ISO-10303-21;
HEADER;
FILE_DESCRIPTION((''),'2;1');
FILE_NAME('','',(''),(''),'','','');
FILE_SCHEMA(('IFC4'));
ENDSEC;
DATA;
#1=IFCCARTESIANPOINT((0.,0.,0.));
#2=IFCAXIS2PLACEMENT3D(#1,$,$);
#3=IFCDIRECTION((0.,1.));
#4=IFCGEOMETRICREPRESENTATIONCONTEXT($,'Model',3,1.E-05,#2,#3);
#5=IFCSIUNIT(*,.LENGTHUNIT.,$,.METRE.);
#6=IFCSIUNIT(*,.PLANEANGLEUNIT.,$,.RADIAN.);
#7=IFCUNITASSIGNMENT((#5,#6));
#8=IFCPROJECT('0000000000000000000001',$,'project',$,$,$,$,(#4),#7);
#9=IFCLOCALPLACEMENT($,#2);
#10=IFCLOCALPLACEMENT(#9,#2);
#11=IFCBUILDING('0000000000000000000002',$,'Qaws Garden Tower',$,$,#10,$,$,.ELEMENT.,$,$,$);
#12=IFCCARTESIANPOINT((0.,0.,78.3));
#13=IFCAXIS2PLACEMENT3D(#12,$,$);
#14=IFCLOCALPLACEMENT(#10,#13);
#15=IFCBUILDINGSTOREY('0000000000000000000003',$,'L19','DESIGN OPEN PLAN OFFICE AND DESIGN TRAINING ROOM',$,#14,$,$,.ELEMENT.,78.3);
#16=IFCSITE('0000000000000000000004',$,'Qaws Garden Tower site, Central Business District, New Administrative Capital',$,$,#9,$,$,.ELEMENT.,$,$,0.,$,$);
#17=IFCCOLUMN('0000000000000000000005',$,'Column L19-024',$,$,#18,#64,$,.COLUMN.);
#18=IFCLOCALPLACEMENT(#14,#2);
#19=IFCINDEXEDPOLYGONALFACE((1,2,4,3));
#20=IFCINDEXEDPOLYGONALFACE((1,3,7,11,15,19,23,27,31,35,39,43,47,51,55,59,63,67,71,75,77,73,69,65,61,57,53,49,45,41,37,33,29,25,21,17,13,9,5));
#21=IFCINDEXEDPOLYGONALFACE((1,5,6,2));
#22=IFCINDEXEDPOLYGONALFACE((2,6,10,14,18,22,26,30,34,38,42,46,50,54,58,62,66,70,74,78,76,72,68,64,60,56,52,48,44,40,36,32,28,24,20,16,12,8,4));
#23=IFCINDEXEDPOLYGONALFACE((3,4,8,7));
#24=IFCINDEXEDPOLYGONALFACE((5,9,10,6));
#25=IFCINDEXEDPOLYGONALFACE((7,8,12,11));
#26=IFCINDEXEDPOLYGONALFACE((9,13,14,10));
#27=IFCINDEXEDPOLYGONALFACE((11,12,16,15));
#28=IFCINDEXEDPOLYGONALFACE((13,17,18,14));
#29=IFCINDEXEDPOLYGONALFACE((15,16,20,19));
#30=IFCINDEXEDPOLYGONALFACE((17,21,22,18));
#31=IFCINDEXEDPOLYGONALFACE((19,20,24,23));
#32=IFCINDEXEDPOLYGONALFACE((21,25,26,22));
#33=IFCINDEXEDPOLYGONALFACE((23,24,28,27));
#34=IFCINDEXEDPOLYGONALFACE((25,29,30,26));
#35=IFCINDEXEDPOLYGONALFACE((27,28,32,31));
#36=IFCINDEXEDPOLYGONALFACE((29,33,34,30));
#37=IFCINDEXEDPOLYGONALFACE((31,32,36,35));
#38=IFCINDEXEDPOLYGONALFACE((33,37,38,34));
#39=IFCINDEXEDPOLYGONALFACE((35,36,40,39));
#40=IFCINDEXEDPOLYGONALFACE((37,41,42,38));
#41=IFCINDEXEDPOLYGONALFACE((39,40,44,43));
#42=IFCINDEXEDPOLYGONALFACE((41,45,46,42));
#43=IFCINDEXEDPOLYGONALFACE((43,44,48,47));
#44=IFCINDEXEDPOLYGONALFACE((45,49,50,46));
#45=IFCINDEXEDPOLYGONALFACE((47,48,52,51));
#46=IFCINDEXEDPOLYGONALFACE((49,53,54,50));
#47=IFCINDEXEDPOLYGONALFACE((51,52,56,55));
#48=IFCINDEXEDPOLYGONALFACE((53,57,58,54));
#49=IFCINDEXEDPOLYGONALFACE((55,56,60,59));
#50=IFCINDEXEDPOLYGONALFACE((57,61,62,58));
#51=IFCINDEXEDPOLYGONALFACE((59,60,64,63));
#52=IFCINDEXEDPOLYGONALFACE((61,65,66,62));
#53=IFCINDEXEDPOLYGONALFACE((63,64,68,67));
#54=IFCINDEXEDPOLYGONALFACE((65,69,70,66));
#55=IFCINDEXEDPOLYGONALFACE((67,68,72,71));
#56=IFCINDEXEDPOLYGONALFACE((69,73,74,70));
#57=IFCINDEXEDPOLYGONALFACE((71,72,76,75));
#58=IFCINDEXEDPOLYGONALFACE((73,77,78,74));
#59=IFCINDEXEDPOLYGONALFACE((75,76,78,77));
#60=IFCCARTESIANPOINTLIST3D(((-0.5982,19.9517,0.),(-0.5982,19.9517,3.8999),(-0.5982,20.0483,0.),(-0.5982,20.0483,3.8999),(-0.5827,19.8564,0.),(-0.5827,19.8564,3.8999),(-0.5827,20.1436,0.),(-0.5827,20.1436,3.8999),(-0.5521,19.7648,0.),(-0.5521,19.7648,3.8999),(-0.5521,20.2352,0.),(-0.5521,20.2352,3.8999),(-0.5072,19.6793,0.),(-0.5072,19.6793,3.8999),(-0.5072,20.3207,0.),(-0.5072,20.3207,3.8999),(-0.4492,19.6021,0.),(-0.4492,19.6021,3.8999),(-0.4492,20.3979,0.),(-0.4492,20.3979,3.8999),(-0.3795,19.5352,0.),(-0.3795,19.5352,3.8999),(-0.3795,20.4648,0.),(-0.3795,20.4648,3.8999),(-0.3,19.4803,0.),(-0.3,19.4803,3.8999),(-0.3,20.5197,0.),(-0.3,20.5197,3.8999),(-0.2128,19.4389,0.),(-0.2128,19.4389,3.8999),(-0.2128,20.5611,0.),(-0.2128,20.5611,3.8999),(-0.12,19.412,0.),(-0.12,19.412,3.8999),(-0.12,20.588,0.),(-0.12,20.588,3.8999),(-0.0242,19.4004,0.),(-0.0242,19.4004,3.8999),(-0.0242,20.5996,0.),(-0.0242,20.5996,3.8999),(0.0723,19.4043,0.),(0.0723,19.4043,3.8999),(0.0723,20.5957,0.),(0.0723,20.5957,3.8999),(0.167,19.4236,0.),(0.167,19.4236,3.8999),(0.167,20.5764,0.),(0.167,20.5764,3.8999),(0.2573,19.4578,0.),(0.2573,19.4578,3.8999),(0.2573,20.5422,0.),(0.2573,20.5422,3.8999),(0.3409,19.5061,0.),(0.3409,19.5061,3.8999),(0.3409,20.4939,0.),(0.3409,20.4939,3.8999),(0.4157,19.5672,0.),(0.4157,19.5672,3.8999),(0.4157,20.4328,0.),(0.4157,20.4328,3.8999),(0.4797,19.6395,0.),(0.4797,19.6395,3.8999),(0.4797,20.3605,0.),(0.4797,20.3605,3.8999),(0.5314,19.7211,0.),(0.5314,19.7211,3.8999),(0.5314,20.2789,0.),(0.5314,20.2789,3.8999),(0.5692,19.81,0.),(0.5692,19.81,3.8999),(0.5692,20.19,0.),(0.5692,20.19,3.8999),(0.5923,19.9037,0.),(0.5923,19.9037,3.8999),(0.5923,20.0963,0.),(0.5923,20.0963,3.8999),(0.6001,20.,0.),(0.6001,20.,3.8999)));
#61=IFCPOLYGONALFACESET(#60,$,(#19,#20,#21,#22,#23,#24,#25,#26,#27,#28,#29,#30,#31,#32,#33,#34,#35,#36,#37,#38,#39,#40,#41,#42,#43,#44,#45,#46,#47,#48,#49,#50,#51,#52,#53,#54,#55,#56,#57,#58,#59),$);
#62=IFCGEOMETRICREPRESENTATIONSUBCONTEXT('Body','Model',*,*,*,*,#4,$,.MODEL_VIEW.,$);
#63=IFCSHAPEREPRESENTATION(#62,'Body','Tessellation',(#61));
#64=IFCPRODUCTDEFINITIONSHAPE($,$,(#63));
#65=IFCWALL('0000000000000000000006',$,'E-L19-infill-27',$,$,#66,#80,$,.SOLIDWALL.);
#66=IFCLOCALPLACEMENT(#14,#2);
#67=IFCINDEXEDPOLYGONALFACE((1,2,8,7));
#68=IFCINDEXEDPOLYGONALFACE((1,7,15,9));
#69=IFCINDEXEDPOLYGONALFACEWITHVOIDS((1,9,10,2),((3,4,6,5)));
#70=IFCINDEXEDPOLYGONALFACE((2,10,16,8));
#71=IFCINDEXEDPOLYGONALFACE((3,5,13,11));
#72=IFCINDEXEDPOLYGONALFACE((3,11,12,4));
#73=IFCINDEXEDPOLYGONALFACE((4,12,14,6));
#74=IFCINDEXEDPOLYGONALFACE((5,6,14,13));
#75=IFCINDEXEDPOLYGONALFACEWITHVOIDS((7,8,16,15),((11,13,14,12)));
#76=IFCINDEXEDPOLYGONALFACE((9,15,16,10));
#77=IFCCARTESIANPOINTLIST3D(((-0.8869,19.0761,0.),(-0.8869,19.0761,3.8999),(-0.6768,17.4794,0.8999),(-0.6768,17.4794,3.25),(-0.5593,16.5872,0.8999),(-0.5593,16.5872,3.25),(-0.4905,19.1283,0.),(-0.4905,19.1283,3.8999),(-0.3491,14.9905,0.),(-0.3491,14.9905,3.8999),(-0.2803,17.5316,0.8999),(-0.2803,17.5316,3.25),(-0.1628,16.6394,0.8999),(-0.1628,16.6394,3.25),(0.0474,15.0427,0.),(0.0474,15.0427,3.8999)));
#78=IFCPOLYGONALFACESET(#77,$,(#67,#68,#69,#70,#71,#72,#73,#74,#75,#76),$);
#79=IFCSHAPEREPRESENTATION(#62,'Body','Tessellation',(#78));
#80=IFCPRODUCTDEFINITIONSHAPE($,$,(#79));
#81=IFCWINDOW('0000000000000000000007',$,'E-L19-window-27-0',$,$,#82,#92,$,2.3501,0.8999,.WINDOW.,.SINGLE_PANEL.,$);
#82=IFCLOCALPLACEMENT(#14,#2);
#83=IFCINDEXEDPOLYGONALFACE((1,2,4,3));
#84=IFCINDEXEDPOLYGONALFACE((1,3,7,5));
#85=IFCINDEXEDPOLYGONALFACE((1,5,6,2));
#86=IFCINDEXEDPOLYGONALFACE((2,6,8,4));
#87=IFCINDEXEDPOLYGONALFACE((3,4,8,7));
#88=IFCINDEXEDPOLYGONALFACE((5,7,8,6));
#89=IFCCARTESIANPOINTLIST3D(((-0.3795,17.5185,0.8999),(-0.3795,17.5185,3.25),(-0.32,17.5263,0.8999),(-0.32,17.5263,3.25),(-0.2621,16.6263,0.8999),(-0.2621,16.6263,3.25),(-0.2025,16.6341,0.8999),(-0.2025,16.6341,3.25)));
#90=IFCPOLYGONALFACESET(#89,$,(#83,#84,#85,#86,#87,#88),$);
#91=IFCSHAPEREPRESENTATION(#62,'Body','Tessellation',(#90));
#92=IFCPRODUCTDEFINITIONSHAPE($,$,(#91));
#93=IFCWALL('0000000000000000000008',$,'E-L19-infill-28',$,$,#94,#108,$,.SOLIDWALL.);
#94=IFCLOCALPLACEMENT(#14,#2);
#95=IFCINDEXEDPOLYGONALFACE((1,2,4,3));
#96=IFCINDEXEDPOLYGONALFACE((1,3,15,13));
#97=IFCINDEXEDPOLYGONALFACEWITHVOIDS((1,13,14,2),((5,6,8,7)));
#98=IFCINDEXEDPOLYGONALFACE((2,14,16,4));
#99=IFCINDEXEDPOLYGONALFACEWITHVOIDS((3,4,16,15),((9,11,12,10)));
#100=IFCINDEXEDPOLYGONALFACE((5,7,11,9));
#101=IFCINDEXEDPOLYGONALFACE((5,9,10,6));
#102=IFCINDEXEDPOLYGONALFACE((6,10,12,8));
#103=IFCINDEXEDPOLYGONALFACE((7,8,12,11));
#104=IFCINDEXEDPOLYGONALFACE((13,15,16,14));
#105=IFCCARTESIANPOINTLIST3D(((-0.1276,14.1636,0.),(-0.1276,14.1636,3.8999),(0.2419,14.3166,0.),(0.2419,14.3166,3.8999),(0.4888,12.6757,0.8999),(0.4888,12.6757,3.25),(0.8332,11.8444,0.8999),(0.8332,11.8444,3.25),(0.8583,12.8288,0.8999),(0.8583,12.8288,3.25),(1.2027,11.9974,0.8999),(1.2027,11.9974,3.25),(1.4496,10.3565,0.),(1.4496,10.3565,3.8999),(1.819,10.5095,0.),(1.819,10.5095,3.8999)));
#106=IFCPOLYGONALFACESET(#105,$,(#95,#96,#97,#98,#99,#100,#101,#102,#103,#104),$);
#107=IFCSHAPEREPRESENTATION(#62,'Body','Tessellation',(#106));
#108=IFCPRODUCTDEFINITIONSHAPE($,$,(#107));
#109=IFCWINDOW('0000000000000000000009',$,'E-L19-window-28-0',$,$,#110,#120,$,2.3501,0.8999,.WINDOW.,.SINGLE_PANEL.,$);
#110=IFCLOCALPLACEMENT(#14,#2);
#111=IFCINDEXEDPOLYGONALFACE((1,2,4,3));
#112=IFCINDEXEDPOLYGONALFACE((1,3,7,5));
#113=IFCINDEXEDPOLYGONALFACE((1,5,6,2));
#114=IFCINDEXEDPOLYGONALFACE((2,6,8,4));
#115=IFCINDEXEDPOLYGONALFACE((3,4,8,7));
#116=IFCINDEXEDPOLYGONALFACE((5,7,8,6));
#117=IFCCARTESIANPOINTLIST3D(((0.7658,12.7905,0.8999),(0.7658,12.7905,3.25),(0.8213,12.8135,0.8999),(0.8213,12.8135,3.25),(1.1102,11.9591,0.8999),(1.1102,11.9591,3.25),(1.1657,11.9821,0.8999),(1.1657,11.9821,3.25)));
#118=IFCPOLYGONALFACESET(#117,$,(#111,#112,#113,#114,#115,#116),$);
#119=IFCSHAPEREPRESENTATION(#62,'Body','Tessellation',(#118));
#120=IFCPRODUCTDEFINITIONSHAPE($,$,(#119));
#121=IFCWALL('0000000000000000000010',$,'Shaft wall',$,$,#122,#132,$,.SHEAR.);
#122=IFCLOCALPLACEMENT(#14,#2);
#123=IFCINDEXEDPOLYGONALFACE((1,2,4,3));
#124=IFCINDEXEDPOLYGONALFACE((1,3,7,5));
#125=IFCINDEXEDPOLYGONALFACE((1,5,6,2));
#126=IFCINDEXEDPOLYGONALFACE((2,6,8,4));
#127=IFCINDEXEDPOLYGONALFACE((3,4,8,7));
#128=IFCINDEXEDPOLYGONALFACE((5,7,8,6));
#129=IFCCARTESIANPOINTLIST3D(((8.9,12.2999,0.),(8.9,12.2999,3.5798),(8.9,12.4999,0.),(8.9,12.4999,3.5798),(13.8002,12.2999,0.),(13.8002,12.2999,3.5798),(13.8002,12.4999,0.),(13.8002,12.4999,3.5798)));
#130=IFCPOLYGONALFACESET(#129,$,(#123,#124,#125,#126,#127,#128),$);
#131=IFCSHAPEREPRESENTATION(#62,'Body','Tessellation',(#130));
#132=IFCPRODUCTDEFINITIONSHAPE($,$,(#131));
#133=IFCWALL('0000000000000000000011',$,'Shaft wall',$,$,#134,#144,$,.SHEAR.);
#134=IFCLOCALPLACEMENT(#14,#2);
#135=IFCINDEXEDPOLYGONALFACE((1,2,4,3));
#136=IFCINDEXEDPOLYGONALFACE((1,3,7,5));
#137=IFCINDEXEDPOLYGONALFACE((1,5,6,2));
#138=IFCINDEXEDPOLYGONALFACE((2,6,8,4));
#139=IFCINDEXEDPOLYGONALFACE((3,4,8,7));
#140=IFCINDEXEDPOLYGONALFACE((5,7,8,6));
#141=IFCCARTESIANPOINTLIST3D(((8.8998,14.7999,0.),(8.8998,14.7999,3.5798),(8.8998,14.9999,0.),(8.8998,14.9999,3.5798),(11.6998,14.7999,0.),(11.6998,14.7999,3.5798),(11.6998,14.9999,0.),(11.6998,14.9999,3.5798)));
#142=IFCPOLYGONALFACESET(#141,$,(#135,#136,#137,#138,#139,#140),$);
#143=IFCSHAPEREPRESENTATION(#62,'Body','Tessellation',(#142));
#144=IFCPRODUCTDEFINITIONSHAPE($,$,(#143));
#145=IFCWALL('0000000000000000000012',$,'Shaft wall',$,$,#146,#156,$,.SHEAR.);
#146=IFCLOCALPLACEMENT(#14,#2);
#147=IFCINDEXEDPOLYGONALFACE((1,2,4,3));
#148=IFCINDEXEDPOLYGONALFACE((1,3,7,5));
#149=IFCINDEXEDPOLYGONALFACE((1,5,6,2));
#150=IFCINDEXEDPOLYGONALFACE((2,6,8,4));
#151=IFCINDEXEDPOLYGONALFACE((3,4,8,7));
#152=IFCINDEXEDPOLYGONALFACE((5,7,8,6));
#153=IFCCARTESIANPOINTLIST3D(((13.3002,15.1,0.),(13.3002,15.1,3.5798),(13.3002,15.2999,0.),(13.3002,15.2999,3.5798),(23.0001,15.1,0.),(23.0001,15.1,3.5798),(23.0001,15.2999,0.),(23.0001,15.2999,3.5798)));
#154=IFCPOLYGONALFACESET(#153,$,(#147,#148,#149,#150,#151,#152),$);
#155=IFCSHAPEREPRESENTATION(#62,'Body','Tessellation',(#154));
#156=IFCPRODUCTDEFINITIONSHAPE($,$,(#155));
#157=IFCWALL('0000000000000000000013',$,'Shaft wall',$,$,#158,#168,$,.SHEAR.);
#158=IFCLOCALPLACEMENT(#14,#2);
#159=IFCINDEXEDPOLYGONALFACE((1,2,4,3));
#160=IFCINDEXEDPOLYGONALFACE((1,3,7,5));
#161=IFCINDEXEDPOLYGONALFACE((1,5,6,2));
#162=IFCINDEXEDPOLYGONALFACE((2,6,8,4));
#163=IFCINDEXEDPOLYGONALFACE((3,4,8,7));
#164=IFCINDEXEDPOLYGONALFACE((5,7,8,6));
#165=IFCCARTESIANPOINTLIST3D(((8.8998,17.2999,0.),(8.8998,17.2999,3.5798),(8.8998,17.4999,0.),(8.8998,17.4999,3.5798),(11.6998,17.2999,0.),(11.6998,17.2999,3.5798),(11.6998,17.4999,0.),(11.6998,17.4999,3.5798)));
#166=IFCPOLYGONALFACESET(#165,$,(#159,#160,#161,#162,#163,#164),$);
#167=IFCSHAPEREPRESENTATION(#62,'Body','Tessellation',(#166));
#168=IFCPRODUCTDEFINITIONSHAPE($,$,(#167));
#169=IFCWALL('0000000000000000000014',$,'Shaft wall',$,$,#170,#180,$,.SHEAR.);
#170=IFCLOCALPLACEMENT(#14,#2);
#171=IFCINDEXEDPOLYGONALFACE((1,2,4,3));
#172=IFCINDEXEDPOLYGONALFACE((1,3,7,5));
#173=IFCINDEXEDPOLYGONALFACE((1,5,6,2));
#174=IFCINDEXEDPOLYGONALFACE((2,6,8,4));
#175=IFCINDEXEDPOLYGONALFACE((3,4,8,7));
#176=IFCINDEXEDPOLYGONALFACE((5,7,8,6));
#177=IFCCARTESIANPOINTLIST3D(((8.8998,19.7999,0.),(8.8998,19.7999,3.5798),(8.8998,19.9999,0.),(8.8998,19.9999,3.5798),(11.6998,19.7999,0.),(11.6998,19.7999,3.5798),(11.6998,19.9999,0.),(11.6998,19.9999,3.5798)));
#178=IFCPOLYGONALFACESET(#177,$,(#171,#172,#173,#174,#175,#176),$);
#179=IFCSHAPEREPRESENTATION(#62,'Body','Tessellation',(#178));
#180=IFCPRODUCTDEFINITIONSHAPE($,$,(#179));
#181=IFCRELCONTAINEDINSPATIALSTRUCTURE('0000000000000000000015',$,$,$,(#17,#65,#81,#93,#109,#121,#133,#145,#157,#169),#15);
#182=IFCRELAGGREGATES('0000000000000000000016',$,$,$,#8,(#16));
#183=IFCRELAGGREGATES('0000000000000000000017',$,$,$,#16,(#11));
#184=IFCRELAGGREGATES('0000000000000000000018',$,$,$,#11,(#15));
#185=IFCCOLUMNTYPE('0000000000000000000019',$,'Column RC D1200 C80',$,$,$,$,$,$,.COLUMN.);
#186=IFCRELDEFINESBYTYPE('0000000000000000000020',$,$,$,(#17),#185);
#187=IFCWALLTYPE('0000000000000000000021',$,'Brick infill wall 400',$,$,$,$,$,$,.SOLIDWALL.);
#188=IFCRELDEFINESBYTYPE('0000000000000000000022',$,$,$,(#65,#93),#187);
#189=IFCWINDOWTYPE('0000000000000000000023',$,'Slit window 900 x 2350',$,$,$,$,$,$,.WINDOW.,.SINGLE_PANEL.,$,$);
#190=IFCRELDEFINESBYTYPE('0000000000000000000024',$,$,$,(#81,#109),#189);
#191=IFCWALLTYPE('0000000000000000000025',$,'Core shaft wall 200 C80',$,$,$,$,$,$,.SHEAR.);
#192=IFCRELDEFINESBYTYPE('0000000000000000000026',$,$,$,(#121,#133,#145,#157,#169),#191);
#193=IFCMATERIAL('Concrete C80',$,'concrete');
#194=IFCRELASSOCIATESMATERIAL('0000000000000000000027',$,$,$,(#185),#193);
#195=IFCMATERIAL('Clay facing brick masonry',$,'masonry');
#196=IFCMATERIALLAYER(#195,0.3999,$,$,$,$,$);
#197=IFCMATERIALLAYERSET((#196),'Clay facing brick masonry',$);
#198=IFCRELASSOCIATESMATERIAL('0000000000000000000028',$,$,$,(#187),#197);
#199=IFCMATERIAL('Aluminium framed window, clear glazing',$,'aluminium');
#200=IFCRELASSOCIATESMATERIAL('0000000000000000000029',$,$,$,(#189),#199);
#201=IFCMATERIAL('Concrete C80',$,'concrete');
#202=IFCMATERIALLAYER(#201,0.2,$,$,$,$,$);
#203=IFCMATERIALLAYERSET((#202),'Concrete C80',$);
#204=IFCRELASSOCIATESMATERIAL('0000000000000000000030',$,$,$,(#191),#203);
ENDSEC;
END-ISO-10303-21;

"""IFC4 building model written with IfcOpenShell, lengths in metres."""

from ifc_helpers import new_model, si_unit, direction, frame, frame_2d, origin, origin_2d, place, context, subcontext, project, spatial, rectangle, circle, extrude, material, layer, layer_set, material_profile, profile_set, type_object, element, fill, save


model = new_model("IFC4")

# Units and contexts
model_context = context("Model", 3, precision=1e-05, world=origin(), true_north=direction((0.0, 1.0)))
body_context = subcontext(model_context, "Body", "Model", "MODEL_VIEW")
ifc_project = project(units=[si_unit("LENGTHUNIT", "METRE"), si_unit("PLANEANGLEUNIT", "RADIAN")], contexts=[model_context])

# Site, building, storey
site_placement = place(None, origin())
site = spatial("IfcSite", under=ifc_project, at=site_placement, Name="Qaws Garden Tower site, Central Business District, New Administrative Capital", CompositionType="ELEMENT", RefElevation=0.0)
building_placement = place(site_placement, origin())
building = spatial("IfcBuilding", under=site, at=building_placement, Name="Qaws Garden Tower", CompositionType="ELEMENT")
storey_placement = place(building_placement, frame((0.0, 0.0, 78.3)))
storey = spatial("IfcBuildingStorey", under=building, at=storey_placement, Name="L19", Description="DESIGN OPEN PLAN OFFICE AND DESIGN TRAINING ROOM", CompositionType="ELEMENT", Elevation=78.3)

# Column
ifc_material_1 = material(Name="Concrete C80", Category="concrete")
ifc_material_profile = material_profile(ifc_material_1, circle(Radius=0.6001, at=origin_2d()), Name="RC D1200")
ifc_profile_set = profile_set([ifc_material_profile], Name="Concrete C80")
column_type = type_object("IfcColumnType", Name="Column RC D1200 C80", PredefinedType="COLUMN", material=ifc_profile_set)
column_placement = place(storey_placement, frame((0.0, 20.0, 0.0), z_axis=(0.0, 0.0, 1.0), x_axis=(1.0, 0.0, 0.0)))
element("IfcColumn", 1, at=column_placement, inside=storey, type_object=column_type, Name="Column L19-024", PredefinedType="COLUMN", context=body_context, shape_type="SweptSolid", body=[
    extrude(circle(Radius=0.6001, at=origin_2d()), origin(), (0.0, 0.0, 1.0), 3.8999),
])

# Walls, openings, windows
ifc_material_2 = material(Name="Clay facing brick masonry", Category="masonry")
ifc_layer_1 = layer(ifc_material_2, 0.3999)
ifc_layer_set_1 = layer_set([ifc_layer_1], Name="Clay facing brick masonry")
wall_type_1 = type_object("IfcWallType", Name="Brick infill wall 400", PredefinedType="SOLIDWALL", material=ifc_layer_set_1)
wall_1_placement = place(storey_placement, frame((-0.6887, 19.1023, 0.0), z_axis=(0.0, 0.0, 1.0), x_axis=(0.130514, -0.991446, 0.0)))
wall_1 = element("IfcWall", 2, at=wall_1_placement, inside=storey, type_object=wall_type_1, Name="E-L19-infill-27", PredefinedType="SOLIDWALL", context=body_context, shape_type="SweptSolid", body=[
    extrude(rectangle(XDim=4.1208, YDim=0.3999, at=frame_2d((2.0605, 0.0))), origin(), (0.0, 0.0, 1.0), 3.8999),
])
opening_1_placement = place(wall_1_placement, frame((1.6106, 0.0, 0.8999)))
opening_1 = element("IfcOpeningElement", 3, at=opening_1_placement, cuts=wall_1, PredefinedType="OPENING", context=body_context, shape_type="SweptSolid", body=[
    extrude(rectangle(XDim=0.8999, YDim=2.3501, at=frame_2d((0.45, 1.175))), frame((0.0, 0.21, 0.0), z_axis=(0.0, -1.0, 0.0), x_axis=(1.0, 0.0, 0.0)), (0.0, 0.0, 1.0), 0.4199),
])
ifc_material_3 = material(Name="Aluminium framed window, clear glazing", Category="aluminium")
window_type = type_object("IfcWindowType", Name="Slit window 900 x 2350", PartitioningType="SINGLE_PANEL", PredefinedType="WINDOW", material=ifc_material_3)
window_1_placement = place(opening_1_placement, origin())
window_1 = element("IfcWindow", 4, at=window_1_placement, inside=storey, type_object=window_type, Name="E-L19-window-27-0", OverallHeight=2.3501, OverallWidth=0.8999, PartitioningType="SINGLE_PANEL", PredefinedType="WINDOW", context=body_context, shape_type="SweptSolid", body=[
    extrude(rectangle(XDim=0.8999, YDim=2.3501, at=frame_2d((0.45, 1.175))), frame((0.0, 0.1599, 0.0), z_axis=(0.0, -1.0, 0.0), x_axis=(1.0, 0.0, 0.0)), (0.0, 0.0, 1.0), 0.0601),
])
fill(opening_1, window_1)
wall_2_placement = place(storey_placement, frame((0.0571, 14.2402, 0.0), z_axis=(0.0, 0.0, 1.0), x_axis=(0.382722, -0.923864, 0.0)))
wall_2 = element("IfcWall", 5, at=wall_2_placement, inside=storey, type_object=wall_type_1, Name="E-L19-infill-28", PredefinedType="SOLIDWALL", context=body_context, shape_type="SweptSolid", body=[
    extrude(rectangle(XDim=4.1208, YDim=0.3999, at=frame_2d((2.0605, 0.0))), origin(), (0.0, 0.0, 1.0), 3.8999),
])
opening_2_placement = place(wall_2_placement, frame((1.6106, 0.0, 0.8999)))
opening_2 = element("IfcOpeningElement", 6, at=opening_2_placement, cuts=wall_2, PredefinedType="OPENING", context=body_context, shape_type="SweptSolid", body=[
    extrude(rectangle(XDim=0.8999, YDim=2.3501, at=frame_2d((0.45, 1.175))), frame((0.0, 0.21, 0.0), z_axis=(0.0, -1.0, 0.0), x_axis=(1.0, 0.0, 0.0)), (0.0, 0.0, 1.0), 0.4199),
])
window_2_placement = place(opening_2_placement, origin())
window_2 = element("IfcWindow", 7, at=window_2_placement, inside=storey, type_object=window_type, Name="E-L19-window-28-0", OverallHeight=2.3501, OverallWidth=0.8999, PartitioningType="SINGLE_PANEL", PredefinedType="WINDOW", context=body_context, shape_type="SweptSolid", body=[
    extrude(rectangle(XDim=0.8999, YDim=2.3501, at=frame_2d((0.45, 1.175))), frame((0.0, 0.1599, 0.0), z_axis=(0.0, -1.0, 0.0), x_axis=(1.0, 0.0, 0.0)), (0.0, 0.0, 1.0), 0.0601),
])
fill(opening_2, window_2)

# Walls
ifc_material_4 = material(Name="Concrete C80", Category="concrete")
ifc_layer_2 = layer(ifc_material_4, 0.2)
ifc_layer_set_2 = layer_set([ifc_layer_2], Name="Concrete C80")
wall_type_2 = type_object("IfcWallType", Name="Core shaft wall 200 C80", PredefinedType="SHEAR", material=ifc_layer_set_2)
wall_3_placement = place(storey_placement, frame((8.8999, 12.3999, 0.0), z_axis=(0.0, 0.0, 1.0), x_axis=(1.0, 0.0, 0.0)))
element("IfcWall", 8, at=wall_3_placement, inside=storey, type_object=wall_type_2, Name="Shaft wall", PredefinedType="SHEAR", context=body_context, shape_type="SweptSolid", body=[
    extrude(rectangle(XDim=4.9001, YDim=0.2, at=frame_2d((2.4502, 0.0))), origin(), (0.0, 0.0, 1.0), 3.5798),
])
wall_4_placement = place(storey_placement, frame((8.8999, 14.8999, 0.0), z_axis=(0.0, 0.0, 1.0), x_axis=(1.0, 0.0, 0.0)))
element("IfcWall", 9, at=wall_4_placement, inside=storey, type_object=wall_type_2, Name="Shaft wall", PredefinedType="SHEAR", context=body_context, shape_type="SweptSolid", body=[
    extrude(rectangle(XDim=2.8, YDim=0.2, at=frame_2d((1.3999, 0.0))), origin(), (0.0, 0.0, 1.0), 3.5798),
])
wall_5_placement = place(storey_placement, frame((13.3, 15.2, 0.0), z_axis=(0.0, 0.0, 1.0), x_axis=(1.0, 0.0, 0.0)))
element("IfcWall", 10, at=wall_5_placement, inside=storey, type_object=wall_type_2, Name="Shaft wall", PredefinedType="SHEAR", context=body_context, shape_type="SweptSolid", body=[
    extrude(rectangle(XDim=9.7, YDim=0.2, at=frame_2d((4.8501, 0.0))), origin(), (0.0, 0.0, 1.0), 3.5798),
])
for number, where, z_axis, x_axis, name in (
    (11, (8.8999, 17.3999, 0.0), (0.0, 0.0, 1.0), (1.0, 0.0, 0.0), "Shaft wall"),
    (12, (8.8999, 19.8999, 0.0), (0.0, 0.0, 1.0), (1.0, 0.0, 0.0), "Shaft wall"),
):
    element("IfcWall", number, at=place(storey_placement, frame(where, z_axis=z_axis, x_axis=x_axis)), inside=storey, type_object=wall_type_2, Name=name, PredefinedType="SHEAR", context=body_context, shape_type="SweptSolid", body=[
        extrude(rectangle(XDim=2.8, YDim=0.2, at=frame_2d((1.3999, 0.0))), origin(), (0.0, 0.0, 1.0), 3.5798),
    ])

save(model, "model.ifc")
